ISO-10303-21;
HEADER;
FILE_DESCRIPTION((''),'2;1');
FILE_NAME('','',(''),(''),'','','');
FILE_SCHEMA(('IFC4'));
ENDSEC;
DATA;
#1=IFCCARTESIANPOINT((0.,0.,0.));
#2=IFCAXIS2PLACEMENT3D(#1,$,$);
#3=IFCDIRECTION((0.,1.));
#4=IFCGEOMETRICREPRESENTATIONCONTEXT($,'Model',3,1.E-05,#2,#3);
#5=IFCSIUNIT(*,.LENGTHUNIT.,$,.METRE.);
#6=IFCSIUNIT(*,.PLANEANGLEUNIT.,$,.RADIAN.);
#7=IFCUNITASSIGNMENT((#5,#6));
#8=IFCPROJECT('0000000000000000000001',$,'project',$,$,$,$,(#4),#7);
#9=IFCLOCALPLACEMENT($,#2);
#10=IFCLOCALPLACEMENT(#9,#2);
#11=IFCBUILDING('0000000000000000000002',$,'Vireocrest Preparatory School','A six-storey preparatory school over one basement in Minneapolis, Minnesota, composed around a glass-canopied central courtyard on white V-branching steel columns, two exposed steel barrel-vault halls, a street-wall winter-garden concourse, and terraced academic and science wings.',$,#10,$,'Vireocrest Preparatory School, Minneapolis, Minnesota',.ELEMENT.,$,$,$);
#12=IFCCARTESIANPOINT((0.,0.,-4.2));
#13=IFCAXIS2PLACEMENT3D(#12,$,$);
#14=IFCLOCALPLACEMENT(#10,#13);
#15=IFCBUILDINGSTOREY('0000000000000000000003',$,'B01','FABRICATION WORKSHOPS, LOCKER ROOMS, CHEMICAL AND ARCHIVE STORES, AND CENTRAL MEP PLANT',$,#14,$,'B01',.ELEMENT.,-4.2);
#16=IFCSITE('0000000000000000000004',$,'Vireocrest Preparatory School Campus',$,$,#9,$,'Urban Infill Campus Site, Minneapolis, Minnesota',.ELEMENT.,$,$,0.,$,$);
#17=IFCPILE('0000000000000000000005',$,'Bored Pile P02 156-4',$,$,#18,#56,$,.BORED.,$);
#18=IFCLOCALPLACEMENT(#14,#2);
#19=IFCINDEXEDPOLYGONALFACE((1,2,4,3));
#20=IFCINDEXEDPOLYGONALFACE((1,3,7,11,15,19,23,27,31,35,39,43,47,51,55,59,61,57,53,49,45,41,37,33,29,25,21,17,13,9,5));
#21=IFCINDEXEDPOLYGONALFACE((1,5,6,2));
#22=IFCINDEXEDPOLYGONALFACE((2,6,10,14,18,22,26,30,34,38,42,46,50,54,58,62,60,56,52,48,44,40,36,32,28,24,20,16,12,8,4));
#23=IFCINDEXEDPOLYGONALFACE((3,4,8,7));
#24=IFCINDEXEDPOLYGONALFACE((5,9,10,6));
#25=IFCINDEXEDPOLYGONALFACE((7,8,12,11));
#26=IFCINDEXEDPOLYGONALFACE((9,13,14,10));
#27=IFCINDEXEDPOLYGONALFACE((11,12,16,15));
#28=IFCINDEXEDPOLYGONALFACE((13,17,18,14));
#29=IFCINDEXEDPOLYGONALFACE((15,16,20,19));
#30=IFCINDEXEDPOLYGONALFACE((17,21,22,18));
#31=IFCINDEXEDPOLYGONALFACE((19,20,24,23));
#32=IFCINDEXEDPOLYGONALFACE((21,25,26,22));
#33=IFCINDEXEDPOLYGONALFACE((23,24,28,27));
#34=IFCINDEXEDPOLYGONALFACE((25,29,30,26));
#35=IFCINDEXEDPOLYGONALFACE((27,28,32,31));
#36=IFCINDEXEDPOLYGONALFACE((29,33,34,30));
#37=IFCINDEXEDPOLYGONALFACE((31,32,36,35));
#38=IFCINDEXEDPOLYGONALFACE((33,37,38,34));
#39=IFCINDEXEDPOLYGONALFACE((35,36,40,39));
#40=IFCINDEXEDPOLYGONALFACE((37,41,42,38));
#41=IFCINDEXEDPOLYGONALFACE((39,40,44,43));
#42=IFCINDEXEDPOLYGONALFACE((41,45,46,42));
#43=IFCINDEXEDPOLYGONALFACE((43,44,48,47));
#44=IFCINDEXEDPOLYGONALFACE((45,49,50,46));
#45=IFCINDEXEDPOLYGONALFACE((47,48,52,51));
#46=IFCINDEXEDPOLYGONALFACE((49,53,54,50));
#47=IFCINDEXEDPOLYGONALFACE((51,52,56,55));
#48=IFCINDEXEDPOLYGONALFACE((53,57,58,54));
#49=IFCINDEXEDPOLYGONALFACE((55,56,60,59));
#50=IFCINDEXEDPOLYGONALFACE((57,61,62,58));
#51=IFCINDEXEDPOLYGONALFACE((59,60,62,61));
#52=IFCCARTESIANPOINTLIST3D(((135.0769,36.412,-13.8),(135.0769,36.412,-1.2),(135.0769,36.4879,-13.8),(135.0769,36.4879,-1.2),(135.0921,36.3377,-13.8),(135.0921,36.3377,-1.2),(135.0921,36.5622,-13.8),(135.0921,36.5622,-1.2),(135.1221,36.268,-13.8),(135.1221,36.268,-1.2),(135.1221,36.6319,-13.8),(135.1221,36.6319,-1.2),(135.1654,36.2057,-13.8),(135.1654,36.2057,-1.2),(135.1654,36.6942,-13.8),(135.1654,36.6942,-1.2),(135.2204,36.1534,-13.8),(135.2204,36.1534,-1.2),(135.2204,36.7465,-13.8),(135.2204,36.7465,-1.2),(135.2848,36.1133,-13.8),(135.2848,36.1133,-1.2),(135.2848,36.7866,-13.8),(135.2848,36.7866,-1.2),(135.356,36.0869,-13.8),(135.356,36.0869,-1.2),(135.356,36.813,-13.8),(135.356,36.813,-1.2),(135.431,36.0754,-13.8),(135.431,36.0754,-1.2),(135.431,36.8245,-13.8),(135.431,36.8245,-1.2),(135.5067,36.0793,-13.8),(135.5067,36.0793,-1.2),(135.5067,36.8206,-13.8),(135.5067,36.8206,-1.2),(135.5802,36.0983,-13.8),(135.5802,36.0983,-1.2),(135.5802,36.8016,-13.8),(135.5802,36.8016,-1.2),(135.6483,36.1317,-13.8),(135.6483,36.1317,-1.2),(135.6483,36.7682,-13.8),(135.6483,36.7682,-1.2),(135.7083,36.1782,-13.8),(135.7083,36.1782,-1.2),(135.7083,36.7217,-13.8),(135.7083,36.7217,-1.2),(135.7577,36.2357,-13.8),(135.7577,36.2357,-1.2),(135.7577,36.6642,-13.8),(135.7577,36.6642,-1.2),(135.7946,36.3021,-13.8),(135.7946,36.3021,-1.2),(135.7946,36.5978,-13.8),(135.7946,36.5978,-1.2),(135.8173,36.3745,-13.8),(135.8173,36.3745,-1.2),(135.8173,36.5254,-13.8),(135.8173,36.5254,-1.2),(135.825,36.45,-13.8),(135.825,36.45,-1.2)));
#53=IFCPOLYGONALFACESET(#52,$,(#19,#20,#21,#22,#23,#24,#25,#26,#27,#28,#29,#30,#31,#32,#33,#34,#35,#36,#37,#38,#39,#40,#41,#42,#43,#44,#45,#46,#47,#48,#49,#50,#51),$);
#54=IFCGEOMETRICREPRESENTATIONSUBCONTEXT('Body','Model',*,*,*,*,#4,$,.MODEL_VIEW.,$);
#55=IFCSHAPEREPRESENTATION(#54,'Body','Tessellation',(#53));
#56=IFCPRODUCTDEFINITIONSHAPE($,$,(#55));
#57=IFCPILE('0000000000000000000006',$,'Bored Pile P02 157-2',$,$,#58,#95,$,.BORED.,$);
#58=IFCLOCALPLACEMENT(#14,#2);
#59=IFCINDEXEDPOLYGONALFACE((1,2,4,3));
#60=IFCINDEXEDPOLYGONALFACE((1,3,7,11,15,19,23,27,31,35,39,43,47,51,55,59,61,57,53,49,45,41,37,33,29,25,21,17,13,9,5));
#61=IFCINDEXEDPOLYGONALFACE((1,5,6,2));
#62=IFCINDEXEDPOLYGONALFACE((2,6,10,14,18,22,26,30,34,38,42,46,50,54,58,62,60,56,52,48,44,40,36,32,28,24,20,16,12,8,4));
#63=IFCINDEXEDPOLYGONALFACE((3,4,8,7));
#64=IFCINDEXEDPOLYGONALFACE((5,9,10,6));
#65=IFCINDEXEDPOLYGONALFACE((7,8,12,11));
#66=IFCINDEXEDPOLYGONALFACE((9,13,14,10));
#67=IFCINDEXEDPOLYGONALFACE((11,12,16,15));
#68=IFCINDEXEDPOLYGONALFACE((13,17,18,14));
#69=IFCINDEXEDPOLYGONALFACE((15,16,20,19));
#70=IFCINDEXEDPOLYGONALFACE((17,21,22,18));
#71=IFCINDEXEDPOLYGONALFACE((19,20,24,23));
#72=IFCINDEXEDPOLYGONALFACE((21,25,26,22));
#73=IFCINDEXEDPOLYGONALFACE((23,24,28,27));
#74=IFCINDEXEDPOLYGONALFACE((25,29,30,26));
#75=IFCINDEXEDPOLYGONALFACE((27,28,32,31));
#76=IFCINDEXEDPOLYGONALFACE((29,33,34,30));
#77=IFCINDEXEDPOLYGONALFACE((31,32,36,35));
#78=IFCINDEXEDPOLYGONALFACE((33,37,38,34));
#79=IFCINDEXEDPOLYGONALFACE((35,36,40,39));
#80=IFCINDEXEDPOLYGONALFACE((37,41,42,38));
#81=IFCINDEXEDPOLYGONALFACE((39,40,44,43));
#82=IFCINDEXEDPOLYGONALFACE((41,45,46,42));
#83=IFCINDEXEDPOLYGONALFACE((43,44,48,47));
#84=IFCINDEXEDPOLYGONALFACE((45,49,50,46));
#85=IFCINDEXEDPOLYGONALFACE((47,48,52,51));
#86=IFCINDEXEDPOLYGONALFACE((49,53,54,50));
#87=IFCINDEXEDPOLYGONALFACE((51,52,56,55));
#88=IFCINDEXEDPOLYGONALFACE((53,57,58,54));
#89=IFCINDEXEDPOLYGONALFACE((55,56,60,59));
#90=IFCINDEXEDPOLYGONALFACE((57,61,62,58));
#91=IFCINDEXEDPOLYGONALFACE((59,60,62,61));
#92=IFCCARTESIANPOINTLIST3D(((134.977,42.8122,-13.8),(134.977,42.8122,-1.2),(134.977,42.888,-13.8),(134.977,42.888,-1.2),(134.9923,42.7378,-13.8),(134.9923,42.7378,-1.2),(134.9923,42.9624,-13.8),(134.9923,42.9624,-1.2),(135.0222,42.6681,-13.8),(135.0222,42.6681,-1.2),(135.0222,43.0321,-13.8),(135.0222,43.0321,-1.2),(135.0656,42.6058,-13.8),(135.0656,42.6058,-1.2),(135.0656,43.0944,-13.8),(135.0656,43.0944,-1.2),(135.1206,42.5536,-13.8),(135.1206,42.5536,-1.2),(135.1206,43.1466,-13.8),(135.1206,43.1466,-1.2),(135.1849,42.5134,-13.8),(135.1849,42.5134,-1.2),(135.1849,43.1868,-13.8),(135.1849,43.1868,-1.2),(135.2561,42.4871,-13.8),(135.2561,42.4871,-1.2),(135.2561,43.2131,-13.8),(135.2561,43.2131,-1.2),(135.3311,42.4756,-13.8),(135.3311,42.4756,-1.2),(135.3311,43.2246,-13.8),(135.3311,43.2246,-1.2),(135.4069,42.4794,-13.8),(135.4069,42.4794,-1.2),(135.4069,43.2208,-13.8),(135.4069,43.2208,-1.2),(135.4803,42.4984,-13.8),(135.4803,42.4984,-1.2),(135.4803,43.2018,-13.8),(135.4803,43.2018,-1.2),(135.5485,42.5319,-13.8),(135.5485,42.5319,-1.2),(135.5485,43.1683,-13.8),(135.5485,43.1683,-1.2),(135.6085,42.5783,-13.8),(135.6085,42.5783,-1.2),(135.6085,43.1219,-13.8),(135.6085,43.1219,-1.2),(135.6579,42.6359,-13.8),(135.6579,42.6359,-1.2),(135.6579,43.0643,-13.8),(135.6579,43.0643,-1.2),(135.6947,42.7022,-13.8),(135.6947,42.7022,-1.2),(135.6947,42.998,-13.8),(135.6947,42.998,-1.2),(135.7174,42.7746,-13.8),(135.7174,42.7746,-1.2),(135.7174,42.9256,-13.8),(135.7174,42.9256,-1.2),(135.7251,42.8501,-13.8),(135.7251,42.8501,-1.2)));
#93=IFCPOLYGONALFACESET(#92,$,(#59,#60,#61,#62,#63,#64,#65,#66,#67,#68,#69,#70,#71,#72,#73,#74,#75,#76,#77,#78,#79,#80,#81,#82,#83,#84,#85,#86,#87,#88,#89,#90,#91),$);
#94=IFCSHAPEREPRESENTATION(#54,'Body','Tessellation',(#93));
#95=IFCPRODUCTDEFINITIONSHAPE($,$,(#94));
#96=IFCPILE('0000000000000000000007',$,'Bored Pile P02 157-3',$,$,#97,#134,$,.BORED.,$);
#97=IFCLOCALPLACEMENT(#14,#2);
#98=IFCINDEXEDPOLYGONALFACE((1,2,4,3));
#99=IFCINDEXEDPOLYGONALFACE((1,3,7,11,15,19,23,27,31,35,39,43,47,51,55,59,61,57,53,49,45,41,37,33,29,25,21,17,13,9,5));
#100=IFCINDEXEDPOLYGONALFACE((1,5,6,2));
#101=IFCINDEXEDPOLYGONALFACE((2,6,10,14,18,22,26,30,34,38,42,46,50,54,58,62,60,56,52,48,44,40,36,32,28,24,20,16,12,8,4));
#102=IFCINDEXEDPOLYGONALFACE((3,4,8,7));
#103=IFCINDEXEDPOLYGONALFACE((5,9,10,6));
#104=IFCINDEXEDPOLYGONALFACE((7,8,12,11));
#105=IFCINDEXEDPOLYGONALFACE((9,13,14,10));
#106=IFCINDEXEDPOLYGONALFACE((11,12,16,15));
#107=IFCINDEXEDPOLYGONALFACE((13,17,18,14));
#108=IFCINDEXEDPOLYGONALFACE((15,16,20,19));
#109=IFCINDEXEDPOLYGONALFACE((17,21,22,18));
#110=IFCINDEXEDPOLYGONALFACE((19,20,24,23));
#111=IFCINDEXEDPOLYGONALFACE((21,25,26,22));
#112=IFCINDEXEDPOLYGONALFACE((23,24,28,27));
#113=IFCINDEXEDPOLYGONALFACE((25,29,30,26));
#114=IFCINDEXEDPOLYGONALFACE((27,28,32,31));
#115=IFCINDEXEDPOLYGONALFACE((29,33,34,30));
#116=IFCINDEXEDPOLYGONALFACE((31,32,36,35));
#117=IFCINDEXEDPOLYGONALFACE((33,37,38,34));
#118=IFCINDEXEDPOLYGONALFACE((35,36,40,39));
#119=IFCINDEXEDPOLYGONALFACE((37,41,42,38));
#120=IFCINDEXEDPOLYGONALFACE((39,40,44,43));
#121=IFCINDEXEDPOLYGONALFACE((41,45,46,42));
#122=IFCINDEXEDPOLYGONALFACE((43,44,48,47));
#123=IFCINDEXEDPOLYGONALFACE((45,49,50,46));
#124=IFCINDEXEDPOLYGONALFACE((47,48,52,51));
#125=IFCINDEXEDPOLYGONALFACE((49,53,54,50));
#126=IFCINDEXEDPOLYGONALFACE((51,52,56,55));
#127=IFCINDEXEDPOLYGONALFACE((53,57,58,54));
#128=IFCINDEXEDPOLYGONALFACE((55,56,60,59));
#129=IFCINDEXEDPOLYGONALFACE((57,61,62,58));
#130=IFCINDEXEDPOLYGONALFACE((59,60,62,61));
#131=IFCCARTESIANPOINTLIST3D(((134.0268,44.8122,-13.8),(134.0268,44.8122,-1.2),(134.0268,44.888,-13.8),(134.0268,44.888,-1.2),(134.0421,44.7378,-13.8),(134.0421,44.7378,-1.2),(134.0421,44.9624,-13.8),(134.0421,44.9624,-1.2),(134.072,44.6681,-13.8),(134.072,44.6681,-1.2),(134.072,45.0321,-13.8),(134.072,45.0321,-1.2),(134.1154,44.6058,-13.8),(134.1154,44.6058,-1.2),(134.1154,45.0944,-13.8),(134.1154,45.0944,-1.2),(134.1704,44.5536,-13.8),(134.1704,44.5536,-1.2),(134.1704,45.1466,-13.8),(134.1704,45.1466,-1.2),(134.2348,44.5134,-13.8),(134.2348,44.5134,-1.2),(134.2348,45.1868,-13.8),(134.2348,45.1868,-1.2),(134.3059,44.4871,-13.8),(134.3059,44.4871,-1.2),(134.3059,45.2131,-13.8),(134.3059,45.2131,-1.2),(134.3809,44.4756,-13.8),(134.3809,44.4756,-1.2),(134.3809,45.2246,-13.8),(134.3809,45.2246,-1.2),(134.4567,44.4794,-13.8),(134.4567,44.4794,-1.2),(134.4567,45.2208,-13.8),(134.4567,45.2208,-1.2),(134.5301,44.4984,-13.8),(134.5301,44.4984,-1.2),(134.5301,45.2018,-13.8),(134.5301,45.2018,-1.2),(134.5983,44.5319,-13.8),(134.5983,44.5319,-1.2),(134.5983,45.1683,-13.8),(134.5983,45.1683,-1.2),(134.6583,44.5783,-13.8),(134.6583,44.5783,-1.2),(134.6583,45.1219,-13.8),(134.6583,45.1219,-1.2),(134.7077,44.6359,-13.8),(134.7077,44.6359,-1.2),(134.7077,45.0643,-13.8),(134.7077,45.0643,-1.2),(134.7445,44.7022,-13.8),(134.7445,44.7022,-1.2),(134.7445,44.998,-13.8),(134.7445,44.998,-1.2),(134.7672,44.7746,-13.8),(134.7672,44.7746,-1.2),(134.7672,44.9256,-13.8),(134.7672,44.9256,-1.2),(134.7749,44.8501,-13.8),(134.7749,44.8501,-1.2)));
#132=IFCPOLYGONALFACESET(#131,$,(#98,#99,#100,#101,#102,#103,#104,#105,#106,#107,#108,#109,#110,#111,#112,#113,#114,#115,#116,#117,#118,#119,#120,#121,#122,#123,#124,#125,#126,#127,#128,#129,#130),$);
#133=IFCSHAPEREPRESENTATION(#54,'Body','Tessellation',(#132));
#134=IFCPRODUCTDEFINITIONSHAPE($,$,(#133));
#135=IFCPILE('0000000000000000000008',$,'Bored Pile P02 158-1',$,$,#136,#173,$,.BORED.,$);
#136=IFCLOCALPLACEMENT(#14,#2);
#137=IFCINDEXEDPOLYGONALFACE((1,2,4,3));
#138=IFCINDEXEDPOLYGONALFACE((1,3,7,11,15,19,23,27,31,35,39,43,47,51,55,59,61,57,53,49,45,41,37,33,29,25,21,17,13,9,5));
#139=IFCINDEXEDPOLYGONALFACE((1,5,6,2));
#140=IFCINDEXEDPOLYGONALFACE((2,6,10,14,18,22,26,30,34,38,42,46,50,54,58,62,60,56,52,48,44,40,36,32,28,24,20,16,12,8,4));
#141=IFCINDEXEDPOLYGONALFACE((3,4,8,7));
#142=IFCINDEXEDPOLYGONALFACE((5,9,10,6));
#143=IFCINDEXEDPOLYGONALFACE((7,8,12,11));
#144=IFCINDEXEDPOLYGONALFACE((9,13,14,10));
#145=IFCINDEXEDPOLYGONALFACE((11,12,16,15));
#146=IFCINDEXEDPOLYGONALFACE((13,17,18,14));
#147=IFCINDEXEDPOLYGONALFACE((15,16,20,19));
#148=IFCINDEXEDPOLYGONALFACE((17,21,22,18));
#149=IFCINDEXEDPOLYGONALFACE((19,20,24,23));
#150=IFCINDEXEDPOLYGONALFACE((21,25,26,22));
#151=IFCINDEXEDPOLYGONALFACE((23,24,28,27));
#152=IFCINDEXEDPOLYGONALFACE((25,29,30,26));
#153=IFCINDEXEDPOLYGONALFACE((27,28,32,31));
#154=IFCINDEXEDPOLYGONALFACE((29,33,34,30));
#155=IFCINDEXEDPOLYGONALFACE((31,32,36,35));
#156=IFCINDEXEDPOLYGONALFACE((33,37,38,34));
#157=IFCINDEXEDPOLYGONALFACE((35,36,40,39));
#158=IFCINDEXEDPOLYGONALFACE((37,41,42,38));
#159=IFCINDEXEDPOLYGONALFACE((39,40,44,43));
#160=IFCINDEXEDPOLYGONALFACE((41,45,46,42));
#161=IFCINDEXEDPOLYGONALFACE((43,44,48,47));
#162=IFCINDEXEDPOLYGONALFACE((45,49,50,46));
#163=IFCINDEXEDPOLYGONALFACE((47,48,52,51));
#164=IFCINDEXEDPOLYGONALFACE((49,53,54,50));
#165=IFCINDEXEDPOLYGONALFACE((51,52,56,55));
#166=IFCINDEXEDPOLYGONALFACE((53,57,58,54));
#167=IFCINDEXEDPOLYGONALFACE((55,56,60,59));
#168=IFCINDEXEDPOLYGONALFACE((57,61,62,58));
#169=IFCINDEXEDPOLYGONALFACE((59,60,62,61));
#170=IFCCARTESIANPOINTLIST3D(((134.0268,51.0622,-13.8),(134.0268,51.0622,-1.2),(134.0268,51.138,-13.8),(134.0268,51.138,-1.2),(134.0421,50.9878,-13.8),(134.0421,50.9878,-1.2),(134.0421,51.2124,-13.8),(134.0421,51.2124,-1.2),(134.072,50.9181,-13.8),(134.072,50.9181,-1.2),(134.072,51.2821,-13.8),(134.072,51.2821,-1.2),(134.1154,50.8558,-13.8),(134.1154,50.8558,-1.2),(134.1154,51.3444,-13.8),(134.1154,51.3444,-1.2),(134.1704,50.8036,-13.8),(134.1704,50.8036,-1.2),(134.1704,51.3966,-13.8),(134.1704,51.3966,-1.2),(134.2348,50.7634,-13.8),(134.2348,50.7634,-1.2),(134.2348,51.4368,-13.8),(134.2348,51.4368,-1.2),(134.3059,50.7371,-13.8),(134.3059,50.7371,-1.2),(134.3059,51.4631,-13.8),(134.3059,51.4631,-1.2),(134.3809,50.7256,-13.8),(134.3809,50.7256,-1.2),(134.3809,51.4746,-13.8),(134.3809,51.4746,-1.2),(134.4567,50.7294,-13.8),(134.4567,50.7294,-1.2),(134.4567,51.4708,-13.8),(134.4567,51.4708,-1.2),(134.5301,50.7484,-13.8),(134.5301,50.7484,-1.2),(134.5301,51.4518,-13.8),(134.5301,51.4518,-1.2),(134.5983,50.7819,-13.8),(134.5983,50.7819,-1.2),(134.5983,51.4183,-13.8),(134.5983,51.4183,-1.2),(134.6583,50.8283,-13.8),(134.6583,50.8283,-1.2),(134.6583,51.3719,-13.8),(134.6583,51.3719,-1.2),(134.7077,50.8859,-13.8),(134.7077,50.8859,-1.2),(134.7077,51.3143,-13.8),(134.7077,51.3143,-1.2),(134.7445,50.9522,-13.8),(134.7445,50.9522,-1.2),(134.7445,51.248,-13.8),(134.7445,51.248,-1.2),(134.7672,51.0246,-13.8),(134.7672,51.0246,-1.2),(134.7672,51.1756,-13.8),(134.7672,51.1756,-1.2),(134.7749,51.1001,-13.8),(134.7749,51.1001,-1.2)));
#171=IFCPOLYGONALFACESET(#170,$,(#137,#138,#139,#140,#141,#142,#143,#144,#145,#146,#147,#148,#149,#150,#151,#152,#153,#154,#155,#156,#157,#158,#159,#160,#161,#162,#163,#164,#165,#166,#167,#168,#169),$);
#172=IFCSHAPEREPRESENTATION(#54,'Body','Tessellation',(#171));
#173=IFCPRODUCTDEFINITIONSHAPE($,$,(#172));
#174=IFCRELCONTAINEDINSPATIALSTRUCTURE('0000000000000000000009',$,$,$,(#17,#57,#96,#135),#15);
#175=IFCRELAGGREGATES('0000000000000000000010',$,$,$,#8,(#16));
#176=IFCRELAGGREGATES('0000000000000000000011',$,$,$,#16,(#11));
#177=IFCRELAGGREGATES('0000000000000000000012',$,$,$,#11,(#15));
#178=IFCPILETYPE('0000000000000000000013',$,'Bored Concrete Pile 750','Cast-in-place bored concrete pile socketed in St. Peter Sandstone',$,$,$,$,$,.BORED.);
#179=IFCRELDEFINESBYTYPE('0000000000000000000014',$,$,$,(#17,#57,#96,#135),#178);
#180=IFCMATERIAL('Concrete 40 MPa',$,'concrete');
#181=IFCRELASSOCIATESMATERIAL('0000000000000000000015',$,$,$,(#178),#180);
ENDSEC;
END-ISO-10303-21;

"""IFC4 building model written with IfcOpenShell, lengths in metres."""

from ifc_helpers import new_model, si_unit, direction, frame, origin, origin_2d, place, context, subcontext, project, spatial, circle, extrude, material, material_profile, profile_set, type_object, element, save


model = new_model("IFC4")

# Units and contexts
model_context = context("Model", 3, precision=1e-05, world=origin(), true_north=direction((0.0, 1.0)))
body_context = subcontext(model_context, "Body", "Model", "MODEL_VIEW")
ifc_project = project(units=[si_unit("LENGTHUNIT", "METRE"), si_unit("PLANEANGLEUNIT", "RADIAN")], contexts=[model_context])

# Site, building, storey
site_placement = place(None, origin())
site = spatial("IfcSite", under=ifc_project, at=site_placement, Name="Vireocrest Preparatory School Campus", LongName="Urban Infill Campus Site, Minneapolis, Minnesota", CompositionType="ELEMENT", RefElevation=0.0)
building_placement = place(site_placement, origin())
building = spatial("IfcBuilding", under=site, at=building_placement, Name="Vireocrest Preparatory School", Description="A six-storey preparatory school over one basement in Minneapolis, Minnesota, composed around a glass-canopied central courtyard on white V-branching steel columns, two exposed steel barrel-vault halls, a street-wall winter-garden concourse, and terraced academic and science wings.", LongName="Vireocrest Preparatory School, Minneapolis, Minnesota", CompositionType="ELEMENT")
storey_placement = place(building_placement, frame((0.0, 0.0, -4.2)))
storey = spatial("IfcBuildingStorey", under=building, at=storey_placement, Name="B01", Description="FABRICATION WORKSHOPS, LOCKER ROOMS, CHEMICAL AND ARCHIVE STORES, AND CENTRAL MEP PLANT", LongName="B01", CompositionType="ELEMENT", Elevation=-4.2)

# Piles
ifc_material_1 = material(Name="Concrete 40 MPa", Category="concrete")
ifc_material_profile_1 = material_profile(ifc_material_1, circle(Radius=0.375, at=origin_2d()), Name="BORED PILE 750")
ifc_profile_set_1 = profile_set([ifc_material_profile_1], Name="Concrete 40 MPa")
pile_type_1 = type_object("IfcPileType", Name="Bored Concrete Pile 750", Description="Cast-in-place bored concrete pile socketed in St. Peter Sandstone", PredefinedType="BORED", material=ifc_profile_set_1)
for number, where, z_axis, x_axis, name in (
    (1, (135.45, 36.45, -1.2), (0.0, 0.0, -1.0), (1.0, 0.0, 0.0), "Bored Pile P02 156-4"),
    (2, (135.3501, 42.8501, -1.2), (0.0, 0.0, -1.0), (1.0, 0.0, 0.0), "Bored Pile P02 157-2"),
    (3, (134.3999, 44.8501, -1.2), (0.0, 0.0, -1.0), (1.0, 0.0, 0.0), "Bored Pile P02 157-3"),
    (4, (134.3999, 51.1001, -1.2), (0.0, 0.0, -1.0), (1.0, 0.0, 0.0), "Bored Pile P02 158-1"),
):
    element("IfcPile", number, at=place(storey_placement, frame(where, z_axis=z_axis, x_axis=x_axis)), inside=storey, type_object=pile_type_1, Name=name, PredefinedType="BORED", context=body_context, shape_type="SweptSolid", body=[
        extrude(circle(Radius=0.375, at=origin_2d()), origin(), (0.0, 0.0, 1.0), 12.6001),
    ])

save(model, "model.ifc")
